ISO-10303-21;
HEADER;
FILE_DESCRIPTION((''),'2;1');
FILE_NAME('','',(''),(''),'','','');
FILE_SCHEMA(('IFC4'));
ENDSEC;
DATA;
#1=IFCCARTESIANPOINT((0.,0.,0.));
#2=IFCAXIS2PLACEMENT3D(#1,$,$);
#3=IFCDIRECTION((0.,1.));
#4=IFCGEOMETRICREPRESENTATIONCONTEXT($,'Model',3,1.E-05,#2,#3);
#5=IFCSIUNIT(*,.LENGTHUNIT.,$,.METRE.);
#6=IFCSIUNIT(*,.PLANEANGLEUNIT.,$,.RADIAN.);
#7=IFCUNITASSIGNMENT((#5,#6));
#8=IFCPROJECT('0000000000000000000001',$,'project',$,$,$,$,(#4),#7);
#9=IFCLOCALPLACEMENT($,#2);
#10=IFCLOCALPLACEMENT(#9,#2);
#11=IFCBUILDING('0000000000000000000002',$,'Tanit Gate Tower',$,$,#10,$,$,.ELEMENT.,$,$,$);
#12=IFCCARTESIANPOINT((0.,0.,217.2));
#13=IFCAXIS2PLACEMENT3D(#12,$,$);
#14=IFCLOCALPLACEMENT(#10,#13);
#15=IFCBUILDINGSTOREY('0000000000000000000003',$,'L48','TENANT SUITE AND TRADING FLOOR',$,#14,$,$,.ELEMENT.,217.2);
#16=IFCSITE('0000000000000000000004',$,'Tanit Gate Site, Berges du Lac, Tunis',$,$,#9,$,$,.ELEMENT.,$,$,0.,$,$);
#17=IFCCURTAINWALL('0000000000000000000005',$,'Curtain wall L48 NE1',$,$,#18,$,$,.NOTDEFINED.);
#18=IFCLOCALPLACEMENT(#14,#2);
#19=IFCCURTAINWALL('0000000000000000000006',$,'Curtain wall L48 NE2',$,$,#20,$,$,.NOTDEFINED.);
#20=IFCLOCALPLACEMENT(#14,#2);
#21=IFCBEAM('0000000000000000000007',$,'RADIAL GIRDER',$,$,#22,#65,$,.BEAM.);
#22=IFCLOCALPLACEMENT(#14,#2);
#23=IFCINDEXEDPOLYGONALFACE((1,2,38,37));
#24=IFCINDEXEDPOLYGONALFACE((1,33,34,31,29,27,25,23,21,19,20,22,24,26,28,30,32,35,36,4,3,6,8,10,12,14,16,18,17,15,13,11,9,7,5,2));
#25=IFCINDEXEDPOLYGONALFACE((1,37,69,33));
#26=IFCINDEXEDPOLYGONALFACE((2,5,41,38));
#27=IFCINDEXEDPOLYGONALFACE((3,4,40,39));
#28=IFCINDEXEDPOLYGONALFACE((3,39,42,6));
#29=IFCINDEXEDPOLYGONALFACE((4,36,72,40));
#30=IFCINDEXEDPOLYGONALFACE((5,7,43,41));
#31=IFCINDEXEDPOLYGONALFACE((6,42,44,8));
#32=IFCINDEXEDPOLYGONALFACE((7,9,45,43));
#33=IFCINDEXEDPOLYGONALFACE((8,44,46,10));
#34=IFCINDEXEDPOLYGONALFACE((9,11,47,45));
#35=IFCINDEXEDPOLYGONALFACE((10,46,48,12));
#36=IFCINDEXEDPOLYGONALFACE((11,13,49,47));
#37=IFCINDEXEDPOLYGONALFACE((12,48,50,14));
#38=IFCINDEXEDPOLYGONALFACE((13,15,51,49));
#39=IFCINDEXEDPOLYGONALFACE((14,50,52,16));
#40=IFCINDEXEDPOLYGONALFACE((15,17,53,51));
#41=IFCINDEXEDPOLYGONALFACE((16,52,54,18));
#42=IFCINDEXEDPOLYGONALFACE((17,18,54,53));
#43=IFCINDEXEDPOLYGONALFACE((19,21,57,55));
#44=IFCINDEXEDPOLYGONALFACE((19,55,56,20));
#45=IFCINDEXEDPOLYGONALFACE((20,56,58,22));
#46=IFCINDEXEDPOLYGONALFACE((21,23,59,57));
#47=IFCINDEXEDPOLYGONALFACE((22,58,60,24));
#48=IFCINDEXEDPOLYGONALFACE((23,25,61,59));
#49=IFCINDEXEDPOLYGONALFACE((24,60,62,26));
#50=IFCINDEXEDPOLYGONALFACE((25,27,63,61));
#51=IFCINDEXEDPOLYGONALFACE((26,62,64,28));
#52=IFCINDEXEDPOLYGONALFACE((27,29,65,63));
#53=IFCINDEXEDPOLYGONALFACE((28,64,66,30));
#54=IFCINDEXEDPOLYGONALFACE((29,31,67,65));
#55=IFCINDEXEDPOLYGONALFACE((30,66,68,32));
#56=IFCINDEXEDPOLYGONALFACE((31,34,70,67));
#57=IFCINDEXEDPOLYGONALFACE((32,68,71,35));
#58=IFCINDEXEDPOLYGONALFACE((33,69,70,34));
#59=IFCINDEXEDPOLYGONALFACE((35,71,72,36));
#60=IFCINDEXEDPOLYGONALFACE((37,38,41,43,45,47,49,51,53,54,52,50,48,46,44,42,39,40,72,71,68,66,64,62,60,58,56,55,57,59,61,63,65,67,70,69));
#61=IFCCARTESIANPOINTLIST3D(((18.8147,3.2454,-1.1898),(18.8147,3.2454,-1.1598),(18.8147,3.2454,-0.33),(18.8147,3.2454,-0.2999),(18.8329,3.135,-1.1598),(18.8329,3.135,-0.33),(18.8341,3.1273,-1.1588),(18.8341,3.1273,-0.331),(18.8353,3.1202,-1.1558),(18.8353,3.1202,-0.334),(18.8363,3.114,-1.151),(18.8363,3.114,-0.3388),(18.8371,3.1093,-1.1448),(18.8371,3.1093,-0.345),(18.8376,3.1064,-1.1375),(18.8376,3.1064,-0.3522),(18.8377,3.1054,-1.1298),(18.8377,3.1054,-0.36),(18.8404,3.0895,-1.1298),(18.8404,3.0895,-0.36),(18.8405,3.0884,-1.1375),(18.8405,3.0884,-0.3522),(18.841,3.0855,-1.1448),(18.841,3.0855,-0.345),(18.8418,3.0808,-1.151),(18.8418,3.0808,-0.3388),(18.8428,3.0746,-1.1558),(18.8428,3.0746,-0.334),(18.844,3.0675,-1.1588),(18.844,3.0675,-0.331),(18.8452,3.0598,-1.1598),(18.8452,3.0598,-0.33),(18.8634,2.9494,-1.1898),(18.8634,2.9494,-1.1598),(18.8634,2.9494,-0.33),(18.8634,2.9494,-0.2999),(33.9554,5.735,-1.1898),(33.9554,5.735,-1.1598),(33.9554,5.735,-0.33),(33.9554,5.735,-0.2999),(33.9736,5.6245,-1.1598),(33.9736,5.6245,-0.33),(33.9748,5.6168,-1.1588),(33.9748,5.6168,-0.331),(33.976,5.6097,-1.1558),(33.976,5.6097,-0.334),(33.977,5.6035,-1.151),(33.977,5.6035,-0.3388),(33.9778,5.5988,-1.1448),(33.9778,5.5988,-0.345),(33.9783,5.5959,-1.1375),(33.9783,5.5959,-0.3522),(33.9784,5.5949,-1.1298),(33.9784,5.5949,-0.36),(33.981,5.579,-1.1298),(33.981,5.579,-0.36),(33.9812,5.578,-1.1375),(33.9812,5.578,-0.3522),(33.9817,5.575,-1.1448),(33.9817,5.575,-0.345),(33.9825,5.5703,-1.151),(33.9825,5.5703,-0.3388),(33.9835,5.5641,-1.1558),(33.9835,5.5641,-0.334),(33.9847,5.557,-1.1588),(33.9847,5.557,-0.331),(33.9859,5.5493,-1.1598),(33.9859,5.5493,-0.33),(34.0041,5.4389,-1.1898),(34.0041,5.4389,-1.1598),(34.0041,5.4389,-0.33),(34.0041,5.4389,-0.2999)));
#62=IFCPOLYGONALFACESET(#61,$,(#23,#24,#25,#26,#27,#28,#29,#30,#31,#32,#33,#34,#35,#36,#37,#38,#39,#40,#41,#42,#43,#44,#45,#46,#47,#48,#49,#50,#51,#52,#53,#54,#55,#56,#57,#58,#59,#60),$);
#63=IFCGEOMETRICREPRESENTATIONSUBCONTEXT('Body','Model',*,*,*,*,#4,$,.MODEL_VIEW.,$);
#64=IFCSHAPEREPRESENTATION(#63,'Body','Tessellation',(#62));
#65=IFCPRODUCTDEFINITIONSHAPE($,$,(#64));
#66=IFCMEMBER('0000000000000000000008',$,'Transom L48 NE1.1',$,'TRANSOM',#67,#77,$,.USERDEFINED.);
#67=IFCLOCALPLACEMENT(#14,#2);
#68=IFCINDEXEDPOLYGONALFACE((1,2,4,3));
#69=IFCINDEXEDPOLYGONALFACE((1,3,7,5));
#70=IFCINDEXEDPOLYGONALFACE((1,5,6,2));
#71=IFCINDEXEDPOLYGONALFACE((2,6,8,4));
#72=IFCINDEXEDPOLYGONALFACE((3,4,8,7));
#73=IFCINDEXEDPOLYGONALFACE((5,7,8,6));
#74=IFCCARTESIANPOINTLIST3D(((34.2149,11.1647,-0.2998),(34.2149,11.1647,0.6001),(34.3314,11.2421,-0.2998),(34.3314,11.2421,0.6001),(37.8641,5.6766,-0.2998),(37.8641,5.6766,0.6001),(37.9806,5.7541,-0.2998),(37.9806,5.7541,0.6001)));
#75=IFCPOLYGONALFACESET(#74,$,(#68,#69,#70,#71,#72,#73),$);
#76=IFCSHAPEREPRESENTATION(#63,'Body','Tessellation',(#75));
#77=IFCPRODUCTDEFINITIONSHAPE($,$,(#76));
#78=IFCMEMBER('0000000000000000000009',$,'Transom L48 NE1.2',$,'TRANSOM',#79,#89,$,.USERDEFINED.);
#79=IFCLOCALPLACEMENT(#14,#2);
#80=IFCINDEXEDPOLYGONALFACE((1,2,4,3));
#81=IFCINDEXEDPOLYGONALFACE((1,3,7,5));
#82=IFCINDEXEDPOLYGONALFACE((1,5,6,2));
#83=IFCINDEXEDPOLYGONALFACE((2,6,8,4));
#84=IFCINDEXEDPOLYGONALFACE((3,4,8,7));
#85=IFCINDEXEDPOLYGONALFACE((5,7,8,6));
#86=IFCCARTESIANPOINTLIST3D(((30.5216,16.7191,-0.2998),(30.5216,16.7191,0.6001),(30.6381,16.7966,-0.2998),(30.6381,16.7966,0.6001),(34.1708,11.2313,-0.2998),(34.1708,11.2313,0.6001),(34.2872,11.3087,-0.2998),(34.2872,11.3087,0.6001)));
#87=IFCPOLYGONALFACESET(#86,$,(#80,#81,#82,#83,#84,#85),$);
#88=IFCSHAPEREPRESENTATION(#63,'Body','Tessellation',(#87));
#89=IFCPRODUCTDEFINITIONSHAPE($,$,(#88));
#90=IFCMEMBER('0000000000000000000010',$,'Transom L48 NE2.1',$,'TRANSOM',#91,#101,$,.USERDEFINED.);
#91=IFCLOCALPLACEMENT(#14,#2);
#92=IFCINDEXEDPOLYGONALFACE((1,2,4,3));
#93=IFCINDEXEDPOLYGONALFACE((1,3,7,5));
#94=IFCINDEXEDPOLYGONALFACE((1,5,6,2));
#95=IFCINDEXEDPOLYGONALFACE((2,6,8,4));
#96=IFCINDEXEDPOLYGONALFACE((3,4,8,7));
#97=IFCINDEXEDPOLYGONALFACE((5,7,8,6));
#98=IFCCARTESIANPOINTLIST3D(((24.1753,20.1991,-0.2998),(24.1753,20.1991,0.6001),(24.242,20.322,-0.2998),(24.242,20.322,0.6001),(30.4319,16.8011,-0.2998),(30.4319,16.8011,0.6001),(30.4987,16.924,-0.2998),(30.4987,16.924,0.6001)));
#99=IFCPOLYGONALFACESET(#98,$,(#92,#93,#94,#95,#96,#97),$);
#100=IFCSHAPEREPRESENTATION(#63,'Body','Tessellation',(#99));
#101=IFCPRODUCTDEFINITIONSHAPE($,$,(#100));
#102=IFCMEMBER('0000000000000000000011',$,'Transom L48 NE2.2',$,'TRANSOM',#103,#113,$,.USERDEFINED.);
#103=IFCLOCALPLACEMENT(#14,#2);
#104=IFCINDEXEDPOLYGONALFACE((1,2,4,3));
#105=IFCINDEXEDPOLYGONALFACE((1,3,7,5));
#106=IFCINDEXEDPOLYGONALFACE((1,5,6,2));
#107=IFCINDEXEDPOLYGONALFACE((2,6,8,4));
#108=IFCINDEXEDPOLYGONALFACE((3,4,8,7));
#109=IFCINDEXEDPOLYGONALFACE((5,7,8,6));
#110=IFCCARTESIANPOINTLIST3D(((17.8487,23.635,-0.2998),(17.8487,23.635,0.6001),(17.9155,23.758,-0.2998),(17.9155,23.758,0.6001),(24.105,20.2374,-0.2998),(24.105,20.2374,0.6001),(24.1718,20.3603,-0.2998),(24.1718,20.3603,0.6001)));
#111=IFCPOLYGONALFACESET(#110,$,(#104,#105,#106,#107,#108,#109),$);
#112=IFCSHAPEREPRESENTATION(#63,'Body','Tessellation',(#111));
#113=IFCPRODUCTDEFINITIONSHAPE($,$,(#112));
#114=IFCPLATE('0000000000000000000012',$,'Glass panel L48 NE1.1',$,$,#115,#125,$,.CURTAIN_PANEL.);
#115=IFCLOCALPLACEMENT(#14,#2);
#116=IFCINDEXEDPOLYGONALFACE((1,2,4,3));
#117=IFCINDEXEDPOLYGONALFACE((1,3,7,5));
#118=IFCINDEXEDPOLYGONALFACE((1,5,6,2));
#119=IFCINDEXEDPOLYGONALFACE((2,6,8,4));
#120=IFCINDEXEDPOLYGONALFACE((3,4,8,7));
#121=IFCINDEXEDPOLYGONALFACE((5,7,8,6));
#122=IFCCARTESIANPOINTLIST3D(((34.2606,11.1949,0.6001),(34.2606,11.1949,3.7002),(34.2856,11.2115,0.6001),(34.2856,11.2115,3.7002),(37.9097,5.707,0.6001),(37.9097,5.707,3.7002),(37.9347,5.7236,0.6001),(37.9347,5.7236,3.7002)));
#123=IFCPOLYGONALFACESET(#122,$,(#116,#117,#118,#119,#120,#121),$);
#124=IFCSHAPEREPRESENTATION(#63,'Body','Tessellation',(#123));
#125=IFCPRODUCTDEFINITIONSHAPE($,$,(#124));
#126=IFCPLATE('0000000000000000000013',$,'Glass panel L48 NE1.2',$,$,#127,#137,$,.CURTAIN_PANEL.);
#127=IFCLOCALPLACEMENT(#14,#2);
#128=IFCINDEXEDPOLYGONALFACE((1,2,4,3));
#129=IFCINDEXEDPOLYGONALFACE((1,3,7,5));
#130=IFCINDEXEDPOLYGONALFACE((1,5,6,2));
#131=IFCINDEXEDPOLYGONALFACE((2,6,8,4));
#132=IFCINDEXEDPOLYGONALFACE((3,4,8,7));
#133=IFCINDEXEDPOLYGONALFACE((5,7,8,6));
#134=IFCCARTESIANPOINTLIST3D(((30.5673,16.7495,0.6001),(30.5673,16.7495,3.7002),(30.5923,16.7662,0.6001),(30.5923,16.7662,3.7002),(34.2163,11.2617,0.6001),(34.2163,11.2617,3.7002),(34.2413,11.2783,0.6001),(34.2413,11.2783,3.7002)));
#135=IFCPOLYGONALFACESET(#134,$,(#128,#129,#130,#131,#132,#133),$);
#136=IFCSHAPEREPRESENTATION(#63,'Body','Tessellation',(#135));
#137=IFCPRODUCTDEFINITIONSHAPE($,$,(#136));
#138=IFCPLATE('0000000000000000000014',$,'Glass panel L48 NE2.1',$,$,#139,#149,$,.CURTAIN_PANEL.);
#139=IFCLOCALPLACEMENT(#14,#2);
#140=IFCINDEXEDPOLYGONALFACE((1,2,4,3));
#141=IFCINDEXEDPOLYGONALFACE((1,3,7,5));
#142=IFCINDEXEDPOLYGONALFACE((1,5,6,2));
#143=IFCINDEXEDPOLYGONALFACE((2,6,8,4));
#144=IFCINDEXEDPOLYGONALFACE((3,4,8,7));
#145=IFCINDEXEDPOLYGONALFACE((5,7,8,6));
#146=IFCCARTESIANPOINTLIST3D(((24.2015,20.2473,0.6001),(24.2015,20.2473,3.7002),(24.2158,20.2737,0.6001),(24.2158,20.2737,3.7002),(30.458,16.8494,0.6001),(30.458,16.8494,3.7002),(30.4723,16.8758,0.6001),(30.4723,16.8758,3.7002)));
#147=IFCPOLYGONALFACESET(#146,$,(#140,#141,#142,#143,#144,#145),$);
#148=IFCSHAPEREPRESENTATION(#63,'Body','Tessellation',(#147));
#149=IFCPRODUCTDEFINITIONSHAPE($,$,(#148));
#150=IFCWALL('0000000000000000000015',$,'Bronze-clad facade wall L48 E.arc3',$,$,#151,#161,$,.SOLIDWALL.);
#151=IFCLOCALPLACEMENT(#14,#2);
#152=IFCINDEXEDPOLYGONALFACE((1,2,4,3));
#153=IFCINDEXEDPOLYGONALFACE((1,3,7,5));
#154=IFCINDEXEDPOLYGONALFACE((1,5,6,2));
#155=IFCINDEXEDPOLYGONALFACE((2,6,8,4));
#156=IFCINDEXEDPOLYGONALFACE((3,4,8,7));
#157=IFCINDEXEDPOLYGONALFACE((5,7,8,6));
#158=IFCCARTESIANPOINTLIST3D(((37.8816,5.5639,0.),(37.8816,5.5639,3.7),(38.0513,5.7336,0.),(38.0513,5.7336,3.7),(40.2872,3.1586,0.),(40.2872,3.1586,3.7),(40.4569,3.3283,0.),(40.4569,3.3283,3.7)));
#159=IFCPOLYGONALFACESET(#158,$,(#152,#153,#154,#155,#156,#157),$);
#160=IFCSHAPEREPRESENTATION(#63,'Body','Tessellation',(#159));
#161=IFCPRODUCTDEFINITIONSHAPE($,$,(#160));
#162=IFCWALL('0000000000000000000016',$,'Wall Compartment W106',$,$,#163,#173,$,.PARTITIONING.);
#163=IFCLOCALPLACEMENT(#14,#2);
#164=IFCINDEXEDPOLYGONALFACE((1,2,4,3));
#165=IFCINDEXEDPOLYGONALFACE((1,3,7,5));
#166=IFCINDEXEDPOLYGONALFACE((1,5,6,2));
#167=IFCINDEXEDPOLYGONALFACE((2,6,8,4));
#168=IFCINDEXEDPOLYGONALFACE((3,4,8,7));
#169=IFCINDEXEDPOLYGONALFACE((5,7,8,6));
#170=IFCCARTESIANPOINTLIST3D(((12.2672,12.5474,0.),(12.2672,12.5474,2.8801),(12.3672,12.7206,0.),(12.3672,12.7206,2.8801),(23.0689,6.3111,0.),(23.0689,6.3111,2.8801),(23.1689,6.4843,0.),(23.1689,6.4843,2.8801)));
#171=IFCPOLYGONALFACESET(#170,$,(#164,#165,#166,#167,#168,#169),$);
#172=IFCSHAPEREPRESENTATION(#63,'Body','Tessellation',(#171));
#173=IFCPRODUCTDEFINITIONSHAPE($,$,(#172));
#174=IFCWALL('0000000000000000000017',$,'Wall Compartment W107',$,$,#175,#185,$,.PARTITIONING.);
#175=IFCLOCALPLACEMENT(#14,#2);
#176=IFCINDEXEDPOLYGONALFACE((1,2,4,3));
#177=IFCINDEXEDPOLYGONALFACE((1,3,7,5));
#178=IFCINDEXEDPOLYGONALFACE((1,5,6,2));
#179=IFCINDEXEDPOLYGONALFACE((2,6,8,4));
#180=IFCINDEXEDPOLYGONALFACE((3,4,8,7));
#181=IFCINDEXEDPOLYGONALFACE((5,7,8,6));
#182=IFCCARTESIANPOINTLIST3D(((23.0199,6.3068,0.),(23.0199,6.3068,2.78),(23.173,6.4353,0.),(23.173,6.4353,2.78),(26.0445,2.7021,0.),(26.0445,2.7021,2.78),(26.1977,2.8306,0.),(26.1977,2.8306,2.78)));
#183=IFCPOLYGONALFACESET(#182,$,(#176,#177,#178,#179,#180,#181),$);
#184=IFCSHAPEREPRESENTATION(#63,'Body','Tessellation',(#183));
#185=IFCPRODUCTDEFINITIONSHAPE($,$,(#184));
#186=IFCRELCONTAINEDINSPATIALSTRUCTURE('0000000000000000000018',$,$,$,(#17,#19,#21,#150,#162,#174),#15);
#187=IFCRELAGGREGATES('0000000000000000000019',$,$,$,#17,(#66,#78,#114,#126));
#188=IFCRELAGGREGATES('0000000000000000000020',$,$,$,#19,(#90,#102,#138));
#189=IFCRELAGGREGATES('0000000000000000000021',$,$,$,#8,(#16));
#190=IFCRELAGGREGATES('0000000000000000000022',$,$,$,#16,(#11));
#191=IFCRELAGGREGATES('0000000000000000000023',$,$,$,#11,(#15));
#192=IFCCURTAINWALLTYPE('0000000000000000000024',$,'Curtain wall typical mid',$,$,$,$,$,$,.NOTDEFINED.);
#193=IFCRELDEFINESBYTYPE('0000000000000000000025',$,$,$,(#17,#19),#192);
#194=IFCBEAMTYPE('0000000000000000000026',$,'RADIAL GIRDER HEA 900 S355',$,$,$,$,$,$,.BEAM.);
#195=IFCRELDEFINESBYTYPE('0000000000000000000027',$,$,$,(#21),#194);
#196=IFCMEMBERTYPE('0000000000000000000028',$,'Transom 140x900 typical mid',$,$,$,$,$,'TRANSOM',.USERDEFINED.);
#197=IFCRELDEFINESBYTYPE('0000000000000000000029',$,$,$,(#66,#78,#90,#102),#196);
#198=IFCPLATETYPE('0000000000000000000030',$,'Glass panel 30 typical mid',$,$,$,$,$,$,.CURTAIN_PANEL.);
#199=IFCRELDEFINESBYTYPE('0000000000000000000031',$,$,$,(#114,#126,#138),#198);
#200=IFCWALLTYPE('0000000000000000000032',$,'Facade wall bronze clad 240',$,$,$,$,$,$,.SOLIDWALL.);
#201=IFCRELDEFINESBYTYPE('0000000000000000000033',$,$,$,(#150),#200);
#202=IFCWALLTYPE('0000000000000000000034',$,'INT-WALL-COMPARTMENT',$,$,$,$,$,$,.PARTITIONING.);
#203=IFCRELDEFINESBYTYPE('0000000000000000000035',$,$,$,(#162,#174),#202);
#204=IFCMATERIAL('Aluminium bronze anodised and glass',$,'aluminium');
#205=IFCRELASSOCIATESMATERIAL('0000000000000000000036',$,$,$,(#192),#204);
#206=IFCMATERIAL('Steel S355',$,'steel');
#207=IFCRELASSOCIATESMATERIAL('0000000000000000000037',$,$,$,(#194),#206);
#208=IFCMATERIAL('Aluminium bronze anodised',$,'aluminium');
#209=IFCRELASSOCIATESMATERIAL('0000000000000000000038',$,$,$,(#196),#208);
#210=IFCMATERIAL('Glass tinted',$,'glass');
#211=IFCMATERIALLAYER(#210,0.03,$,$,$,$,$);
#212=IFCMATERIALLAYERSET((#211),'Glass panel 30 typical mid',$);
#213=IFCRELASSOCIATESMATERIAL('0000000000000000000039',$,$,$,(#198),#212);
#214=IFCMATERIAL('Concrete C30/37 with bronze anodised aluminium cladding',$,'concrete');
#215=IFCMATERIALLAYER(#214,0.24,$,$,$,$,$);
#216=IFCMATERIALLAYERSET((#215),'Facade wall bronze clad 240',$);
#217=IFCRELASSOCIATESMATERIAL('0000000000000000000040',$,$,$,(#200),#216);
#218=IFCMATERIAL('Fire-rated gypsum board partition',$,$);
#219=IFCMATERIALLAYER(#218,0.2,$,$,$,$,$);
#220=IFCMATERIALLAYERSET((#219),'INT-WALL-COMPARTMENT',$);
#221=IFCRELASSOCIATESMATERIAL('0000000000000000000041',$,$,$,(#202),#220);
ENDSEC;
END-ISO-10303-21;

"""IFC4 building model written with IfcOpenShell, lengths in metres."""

from ifc_helpers import new_model, si_unit, direction, frame, frame_2d, origin, origin_2d, place, context, subcontext, project, spatial, rectangle, i_section, extrude, material, layer, layer_set, material_profile, profile_set, type_object, element, aggregate, save


model = new_model("IFC4")

# Units and contexts
model_context = context("Model", 3, precision=1e-05, world=origin(), true_north=direction((0.0, 1.0)))
body_context = subcontext(model_context, "Body", "Model", "MODEL_VIEW")
ifc_project = project(units=[si_unit("LENGTHUNIT", "METRE"), si_unit("PLANEANGLEUNIT", "RADIAN")], contexts=[model_context])

# Site, building, storey
site_placement = place(None, origin())
site = spatial("IfcSite", under=ifc_project, at=site_placement, Name="Tanit Gate Site, Berges du Lac, Tunis", CompositionType="ELEMENT", RefElevation=0.0)
building_placement = place(site_placement, origin())
building = spatial("IfcBuilding", under=site, at=building_placement, Name="Tanit Gate Tower", CompositionType="ELEMENT")
storey_placement = place(building_placement, frame((0.0, 0.0, 217.2)))
storey = spatial("IfcBuildingStorey", under=building, at=storey_placement, Name="L48", Description="TENANT SUITE AND TRADING FLOOR", CompositionType="ELEMENT", Elevation=217.2)

# Curtain wall
ifc_material_1 = material(Name="Aluminium bronze anodised and glass", Category="aluminium")
curtain_wall_type = type_object("IfcCurtainWallType", Name="Curtain wall typical mid", PredefinedType="NOTDEFINED", material=ifc_material_1)
curtain_wall_1_placement = place(storey_placement, origin())
curtain_wall_1 = element("IfcCurtainWall", 1, at=curtain_wall_1_placement, inside=storey, type_object=curtain_wall_type, Name="Curtain wall L48 NE1", PredefinedType="NOTDEFINED")

# Curtain wall
curtain_wall_2_placement = place(storey_placement, origin())
curtain_wall_2 = element("IfcCurtainWall", 2, at=curtain_wall_2_placement, inside=storey, type_object=curtain_wall_type, Name="Curtain wall L48 NE2", PredefinedType="NOTDEFINED")

# Beam
ifc_material_2 = material(Name="Steel S355", Category="steel")
ifc_material_profile_1 = material_profile(ifc_material_2, i_section(OverallWidth=0.3, OverallDepth=0.8899, WebThickness=0.0161, FlangeThickness=0.03, FilletRadius=0.03, at=origin_2d()), Name="HEA 900")
ifc_profile_set_1 = profile_set([ifc_material_profile_1], Name="Steel S355")
beam_type_1 = type_object("IfcBeamType", Name="RADIAL GIRDER HEA 900 S355", PredefinedType="BEAM", material=ifc_profile_set_1)
beam_1_placement = place(storey_placement, frame((33.9797, 5.5869, -0.7449), z_axis=(-0.98675, -0.162247, 0.0), x_axis=(0.162247, -0.98675, 0.0)))
element("IfcBeam", 3, at=beam_1_placement, inside=storey, type_object=beam_type_1, Name="RADIAL GIRDER", PredefinedType="BEAM", context=body_context, shape_type="SweptSolid", body=[
    extrude(i_section(OverallWidth=0.3, OverallDepth=0.8899, WebThickness=0.0161, FlangeThickness=0.03, FilletRadius=0.03, at=origin_2d()), origin(), (0.0, 0.0, 1.0), 15.344),
])

# Members
ifc_material_3 = material(Name="Aluminium bronze anodised", Category="aluminium")
ifc_material_profile_2 = material_profile(ifc_material_3, rectangle(XDim=0.1399, YDim=0.8999, at=origin_2d()), Name="140x900 bronze transom")
ifc_profile_set_2 = profile_set([ifc_material_profile_2], Name="Aluminium bronze anodised")
member_type_1 = type_object("IfcMemberType", Name="Transom 140x900 typical mid", ElementType="TRANSOM", PredefinedType="USERDEFINED", material=ifc_profile_set_2)
member_1_placement = place(storey_placement, frame((37.9224, 5.7153, 0.1501), z_axis=(-0.5537, 0.832716, 0.0), x_axis=(-0.832716, -0.5537, 0.0)))
member_1 = element("IfcMember", 4, at=member_1_placement, type_object=member_type_1, Name="Transom L48 NE1.1", ObjectType="TRANSOM", PredefinedType="USERDEFINED", context=body_context, shape_type="SweptSolid", body=[
    extrude(rectangle(XDim=0.1399, YDim=0.8999, at=origin_2d()), origin(), (0.0, 0.0, 1.0), 6.5906),
])
member_2_placement = place(storey_placement, frame((34.229, 11.27, 0.1501), z_axis=(-0.553717, 0.832705, 0.0), x_axis=(-0.832705, -0.553717, 0.0)))
member_2 = element("IfcMember", 5, at=member_2_placement, type_object=member_type_1, Name="Transom L48 NE1.2", ObjectType="TRANSOM", PredefinedType="USERDEFINED", context=body_context, shape_type="SweptSolid", body=[
    extrude(rectangle(XDim=0.1399, YDim=0.8999, at=origin_2d()), origin(), (0.0, 0.0, 1.0), 6.5903),
])
member_3_placement = place(storey_placement, frame((30.4653, 16.8625, 0.1501), z_axis=(-0.878764, 0.477256, 0.0), x_axis=(-0.477256, -0.878764, 0.0)))
member_3 = element("IfcMember", 6, at=member_3_placement, type_object=member_type_1, Name="Transom L48 NE2.1", ObjectType="TRANSOM", PredefinedType="USERDEFINED", context=body_context, shape_type="SweptSolid", body=[
    extrude(rectangle(XDim=0.1399, YDim=0.8999, at=origin_2d()), origin(), (0.0, 0.0, 1.0), 7.1199),
])
member_4_placement = place(storey_placement, frame((24.1384, 20.2988, 0.1501), z_axis=(-0.878771, 0.477244, 0.0), x_axis=(-0.477244, -0.878771, 0.0)))
member_4 = element("IfcMember", 7, at=member_4_placement, type_object=member_type_1, Name="Transom L48 NE2.2", ObjectType="TRANSOM", PredefinedType="USERDEFINED", context=body_context, shape_type="SweptSolid", body=[
    extrude(rectangle(XDim=0.1399, YDim=0.8999, at=origin_2d()), origin(), (0.0, 0.0, 1.0), 7.1194),
])

# Plates
ifc_material_4 = material(Name="Glass tinted", Category="glass")
ifc_layer_1 = layer(ifc_material_4, 0.03)
ifc_layer_set_1 = layer_set([ifc_layer_1], Name="Glass panel 30 typical mid")
plate_type = type_object("IfcPlateType", Name="Glass panel 30 typical mid", PredefinedType="CURTAIN_PANEL", material=ifc_layer_set_1)
plate_1_placement = place(storey_placement, frame((36.0977, 8.4592, 0.6001), z_axis=(0.0, 0.0, 1.0), x_axis=(-0.553699, 0.832717, 0.0)))
plate_1 = element("IfcPlate", 8, at=plate_1_placement, type_object=plate_type, Name="Glass panel L48 NE1.1", PredefinedType="CURTAIN_PANEL", context=body_context, shape_type="SweptSolid", body=[
    extrude(rectangle(XDim=6.5903, YDim=0.03, at=origin_2d()), origin(), (0.0, 0.0, 1.0), 3.1001),
])
plate_2_placement = place(storey_placement, frame((32.4043, 14.0139, 0.6001), z_axis=(0.0, 0.0, 1.0), x_axis=(-0.553699, 0.832717, 0.0)))
plate_2 = element("IfcPlate", 9, at=plate_2_placement, type_object=plate_type, Name="Glass panel L48 NE1.2", PredefinedType="CURTAIN_PANEL", context=body_context, shape_type="SweptSolid", body=[
    extrude(rectangle(XDim=6.5903, YDim=0.03, at=origin_2d()), origin(), (0.0, 0.0, 1.0), 3.1001),
])
aggregate(curtain_wall_1, [member_1, member_2, plate_1, plate_2])
plate_3_placement = place(storey_placement, frame((27.3369, 18.5615, 0.6001), z_axis=(0.0, 0.0, 1.0), x_axis=(-0.878762, 0.477259, 0.0)))
plate_3 = element("IfcPlate", 10, at=plate_3_placement, type_object=plate_type, Name="Glass panel L48 NE2.1", PredefinedType="CURTAIN_PANEL", context=body_context, shape_type="SweptSolid", body=[
    extrude(rectangle(XDim=7.1196, YDim=0.03, at=origin_2d()), origin(), (0.0, 0.0, 1.0), 3.1001),
])
aggregate(curtain_wall_2, [member_3, member_4, plate_3])

# Walls
ifc_material_5 = material(Name="Concrete C30/37 with bronze anodised aluminium cladding", Category="concrete")
ifc_layer_2 = layer(ifc_material_5, 0.24)
ifc_layer_set_2 = layer_set([ifc_layer_2], Name="Facade wall bronze clad 240")
wall_type_1 = type_object("IfcWallType", Name="Facade wall bronze clad 240", PredefinedType="SOLIDWALL", material=ifc_layer_set_2)
wall_1_placement = place(storey_placement, frame((40.3721, 3.2434, 0.0), z_axis=(0.0, 0.0, 1.0), x_axis=(-0.707143, 0.707071, 0.0)))
element("IfcWall", 11, at=wall_1_placement, inside=storey, type_object=wall_type_1, Name="Bronze-clad facade wall L48 E.arc3", PredefinedType="SOLIDWALL", context=body_context, shape_type="SweptSolid", body=[
    extrude(rectangle(XDim=3.4019, YDim=0.24, at=frame_2d((1.7009, 0.0))), origin(), (0.0, 0.0, 1.0), 3.7),
])
ifc_material_6 = material(Name="Fire-rated gypsum board partition")
ifc_layer_3 = layer(ifc_material_6, 0.2)
ifc_layer_set_3 = layer_set([ifc_layer_3], Name="INT-WALL-COMPARTMENT")
wall_type_2 = type_object("IfcWallType", Name="INT-WALL-COMPARTMENT", PredefinedType="PARTITIONING", material=ifc_layer_set_3)
wall_2_placement = place(storey_placement, frame((23.1189, 6.3977, 0.0), z_axis=(0.0, 0.0, 1.0), x_axis=(-0.866028, 0.499996, 0.0)))
element("IfcWall", 12, at=wall_2_placement, inside=storey, type_object=wall_type_2, Name="Wall Compartment W106", PredefinedType="PARTITIONING", context=body_context, shape_type="SweptSolid", body=[
    extrude(rectangle(XDim=12.4727, YDim=0.2, at=frame_2d((6.2363, 0.0))), origin(), (0.0, 0.0, 1.0), 2.8801),
])
wall_3_placement = place(storey_placement, frame((26.1211, 2.7664, 0.0), z_axis=(0.0, 0.0, 1.0), x_axis=(-0.642778, 0.766052, 0.0)))
element("IfcWall", 13, at=wall_3_placement, inside=storey, type_object=wall_type_2, Name="Wall Compartment W107", PredefinedType="PARTITIONING", context=body_context, shape_type="SweptSolid", body=[
    extrude(rectangle(XDim=4.7056, YDim=0.2, at=frame_2d((2.3528, 0.0))), origin(), (0.0, 0.0, 1.0), 2.78),
])

save(model, "model.ifc")
